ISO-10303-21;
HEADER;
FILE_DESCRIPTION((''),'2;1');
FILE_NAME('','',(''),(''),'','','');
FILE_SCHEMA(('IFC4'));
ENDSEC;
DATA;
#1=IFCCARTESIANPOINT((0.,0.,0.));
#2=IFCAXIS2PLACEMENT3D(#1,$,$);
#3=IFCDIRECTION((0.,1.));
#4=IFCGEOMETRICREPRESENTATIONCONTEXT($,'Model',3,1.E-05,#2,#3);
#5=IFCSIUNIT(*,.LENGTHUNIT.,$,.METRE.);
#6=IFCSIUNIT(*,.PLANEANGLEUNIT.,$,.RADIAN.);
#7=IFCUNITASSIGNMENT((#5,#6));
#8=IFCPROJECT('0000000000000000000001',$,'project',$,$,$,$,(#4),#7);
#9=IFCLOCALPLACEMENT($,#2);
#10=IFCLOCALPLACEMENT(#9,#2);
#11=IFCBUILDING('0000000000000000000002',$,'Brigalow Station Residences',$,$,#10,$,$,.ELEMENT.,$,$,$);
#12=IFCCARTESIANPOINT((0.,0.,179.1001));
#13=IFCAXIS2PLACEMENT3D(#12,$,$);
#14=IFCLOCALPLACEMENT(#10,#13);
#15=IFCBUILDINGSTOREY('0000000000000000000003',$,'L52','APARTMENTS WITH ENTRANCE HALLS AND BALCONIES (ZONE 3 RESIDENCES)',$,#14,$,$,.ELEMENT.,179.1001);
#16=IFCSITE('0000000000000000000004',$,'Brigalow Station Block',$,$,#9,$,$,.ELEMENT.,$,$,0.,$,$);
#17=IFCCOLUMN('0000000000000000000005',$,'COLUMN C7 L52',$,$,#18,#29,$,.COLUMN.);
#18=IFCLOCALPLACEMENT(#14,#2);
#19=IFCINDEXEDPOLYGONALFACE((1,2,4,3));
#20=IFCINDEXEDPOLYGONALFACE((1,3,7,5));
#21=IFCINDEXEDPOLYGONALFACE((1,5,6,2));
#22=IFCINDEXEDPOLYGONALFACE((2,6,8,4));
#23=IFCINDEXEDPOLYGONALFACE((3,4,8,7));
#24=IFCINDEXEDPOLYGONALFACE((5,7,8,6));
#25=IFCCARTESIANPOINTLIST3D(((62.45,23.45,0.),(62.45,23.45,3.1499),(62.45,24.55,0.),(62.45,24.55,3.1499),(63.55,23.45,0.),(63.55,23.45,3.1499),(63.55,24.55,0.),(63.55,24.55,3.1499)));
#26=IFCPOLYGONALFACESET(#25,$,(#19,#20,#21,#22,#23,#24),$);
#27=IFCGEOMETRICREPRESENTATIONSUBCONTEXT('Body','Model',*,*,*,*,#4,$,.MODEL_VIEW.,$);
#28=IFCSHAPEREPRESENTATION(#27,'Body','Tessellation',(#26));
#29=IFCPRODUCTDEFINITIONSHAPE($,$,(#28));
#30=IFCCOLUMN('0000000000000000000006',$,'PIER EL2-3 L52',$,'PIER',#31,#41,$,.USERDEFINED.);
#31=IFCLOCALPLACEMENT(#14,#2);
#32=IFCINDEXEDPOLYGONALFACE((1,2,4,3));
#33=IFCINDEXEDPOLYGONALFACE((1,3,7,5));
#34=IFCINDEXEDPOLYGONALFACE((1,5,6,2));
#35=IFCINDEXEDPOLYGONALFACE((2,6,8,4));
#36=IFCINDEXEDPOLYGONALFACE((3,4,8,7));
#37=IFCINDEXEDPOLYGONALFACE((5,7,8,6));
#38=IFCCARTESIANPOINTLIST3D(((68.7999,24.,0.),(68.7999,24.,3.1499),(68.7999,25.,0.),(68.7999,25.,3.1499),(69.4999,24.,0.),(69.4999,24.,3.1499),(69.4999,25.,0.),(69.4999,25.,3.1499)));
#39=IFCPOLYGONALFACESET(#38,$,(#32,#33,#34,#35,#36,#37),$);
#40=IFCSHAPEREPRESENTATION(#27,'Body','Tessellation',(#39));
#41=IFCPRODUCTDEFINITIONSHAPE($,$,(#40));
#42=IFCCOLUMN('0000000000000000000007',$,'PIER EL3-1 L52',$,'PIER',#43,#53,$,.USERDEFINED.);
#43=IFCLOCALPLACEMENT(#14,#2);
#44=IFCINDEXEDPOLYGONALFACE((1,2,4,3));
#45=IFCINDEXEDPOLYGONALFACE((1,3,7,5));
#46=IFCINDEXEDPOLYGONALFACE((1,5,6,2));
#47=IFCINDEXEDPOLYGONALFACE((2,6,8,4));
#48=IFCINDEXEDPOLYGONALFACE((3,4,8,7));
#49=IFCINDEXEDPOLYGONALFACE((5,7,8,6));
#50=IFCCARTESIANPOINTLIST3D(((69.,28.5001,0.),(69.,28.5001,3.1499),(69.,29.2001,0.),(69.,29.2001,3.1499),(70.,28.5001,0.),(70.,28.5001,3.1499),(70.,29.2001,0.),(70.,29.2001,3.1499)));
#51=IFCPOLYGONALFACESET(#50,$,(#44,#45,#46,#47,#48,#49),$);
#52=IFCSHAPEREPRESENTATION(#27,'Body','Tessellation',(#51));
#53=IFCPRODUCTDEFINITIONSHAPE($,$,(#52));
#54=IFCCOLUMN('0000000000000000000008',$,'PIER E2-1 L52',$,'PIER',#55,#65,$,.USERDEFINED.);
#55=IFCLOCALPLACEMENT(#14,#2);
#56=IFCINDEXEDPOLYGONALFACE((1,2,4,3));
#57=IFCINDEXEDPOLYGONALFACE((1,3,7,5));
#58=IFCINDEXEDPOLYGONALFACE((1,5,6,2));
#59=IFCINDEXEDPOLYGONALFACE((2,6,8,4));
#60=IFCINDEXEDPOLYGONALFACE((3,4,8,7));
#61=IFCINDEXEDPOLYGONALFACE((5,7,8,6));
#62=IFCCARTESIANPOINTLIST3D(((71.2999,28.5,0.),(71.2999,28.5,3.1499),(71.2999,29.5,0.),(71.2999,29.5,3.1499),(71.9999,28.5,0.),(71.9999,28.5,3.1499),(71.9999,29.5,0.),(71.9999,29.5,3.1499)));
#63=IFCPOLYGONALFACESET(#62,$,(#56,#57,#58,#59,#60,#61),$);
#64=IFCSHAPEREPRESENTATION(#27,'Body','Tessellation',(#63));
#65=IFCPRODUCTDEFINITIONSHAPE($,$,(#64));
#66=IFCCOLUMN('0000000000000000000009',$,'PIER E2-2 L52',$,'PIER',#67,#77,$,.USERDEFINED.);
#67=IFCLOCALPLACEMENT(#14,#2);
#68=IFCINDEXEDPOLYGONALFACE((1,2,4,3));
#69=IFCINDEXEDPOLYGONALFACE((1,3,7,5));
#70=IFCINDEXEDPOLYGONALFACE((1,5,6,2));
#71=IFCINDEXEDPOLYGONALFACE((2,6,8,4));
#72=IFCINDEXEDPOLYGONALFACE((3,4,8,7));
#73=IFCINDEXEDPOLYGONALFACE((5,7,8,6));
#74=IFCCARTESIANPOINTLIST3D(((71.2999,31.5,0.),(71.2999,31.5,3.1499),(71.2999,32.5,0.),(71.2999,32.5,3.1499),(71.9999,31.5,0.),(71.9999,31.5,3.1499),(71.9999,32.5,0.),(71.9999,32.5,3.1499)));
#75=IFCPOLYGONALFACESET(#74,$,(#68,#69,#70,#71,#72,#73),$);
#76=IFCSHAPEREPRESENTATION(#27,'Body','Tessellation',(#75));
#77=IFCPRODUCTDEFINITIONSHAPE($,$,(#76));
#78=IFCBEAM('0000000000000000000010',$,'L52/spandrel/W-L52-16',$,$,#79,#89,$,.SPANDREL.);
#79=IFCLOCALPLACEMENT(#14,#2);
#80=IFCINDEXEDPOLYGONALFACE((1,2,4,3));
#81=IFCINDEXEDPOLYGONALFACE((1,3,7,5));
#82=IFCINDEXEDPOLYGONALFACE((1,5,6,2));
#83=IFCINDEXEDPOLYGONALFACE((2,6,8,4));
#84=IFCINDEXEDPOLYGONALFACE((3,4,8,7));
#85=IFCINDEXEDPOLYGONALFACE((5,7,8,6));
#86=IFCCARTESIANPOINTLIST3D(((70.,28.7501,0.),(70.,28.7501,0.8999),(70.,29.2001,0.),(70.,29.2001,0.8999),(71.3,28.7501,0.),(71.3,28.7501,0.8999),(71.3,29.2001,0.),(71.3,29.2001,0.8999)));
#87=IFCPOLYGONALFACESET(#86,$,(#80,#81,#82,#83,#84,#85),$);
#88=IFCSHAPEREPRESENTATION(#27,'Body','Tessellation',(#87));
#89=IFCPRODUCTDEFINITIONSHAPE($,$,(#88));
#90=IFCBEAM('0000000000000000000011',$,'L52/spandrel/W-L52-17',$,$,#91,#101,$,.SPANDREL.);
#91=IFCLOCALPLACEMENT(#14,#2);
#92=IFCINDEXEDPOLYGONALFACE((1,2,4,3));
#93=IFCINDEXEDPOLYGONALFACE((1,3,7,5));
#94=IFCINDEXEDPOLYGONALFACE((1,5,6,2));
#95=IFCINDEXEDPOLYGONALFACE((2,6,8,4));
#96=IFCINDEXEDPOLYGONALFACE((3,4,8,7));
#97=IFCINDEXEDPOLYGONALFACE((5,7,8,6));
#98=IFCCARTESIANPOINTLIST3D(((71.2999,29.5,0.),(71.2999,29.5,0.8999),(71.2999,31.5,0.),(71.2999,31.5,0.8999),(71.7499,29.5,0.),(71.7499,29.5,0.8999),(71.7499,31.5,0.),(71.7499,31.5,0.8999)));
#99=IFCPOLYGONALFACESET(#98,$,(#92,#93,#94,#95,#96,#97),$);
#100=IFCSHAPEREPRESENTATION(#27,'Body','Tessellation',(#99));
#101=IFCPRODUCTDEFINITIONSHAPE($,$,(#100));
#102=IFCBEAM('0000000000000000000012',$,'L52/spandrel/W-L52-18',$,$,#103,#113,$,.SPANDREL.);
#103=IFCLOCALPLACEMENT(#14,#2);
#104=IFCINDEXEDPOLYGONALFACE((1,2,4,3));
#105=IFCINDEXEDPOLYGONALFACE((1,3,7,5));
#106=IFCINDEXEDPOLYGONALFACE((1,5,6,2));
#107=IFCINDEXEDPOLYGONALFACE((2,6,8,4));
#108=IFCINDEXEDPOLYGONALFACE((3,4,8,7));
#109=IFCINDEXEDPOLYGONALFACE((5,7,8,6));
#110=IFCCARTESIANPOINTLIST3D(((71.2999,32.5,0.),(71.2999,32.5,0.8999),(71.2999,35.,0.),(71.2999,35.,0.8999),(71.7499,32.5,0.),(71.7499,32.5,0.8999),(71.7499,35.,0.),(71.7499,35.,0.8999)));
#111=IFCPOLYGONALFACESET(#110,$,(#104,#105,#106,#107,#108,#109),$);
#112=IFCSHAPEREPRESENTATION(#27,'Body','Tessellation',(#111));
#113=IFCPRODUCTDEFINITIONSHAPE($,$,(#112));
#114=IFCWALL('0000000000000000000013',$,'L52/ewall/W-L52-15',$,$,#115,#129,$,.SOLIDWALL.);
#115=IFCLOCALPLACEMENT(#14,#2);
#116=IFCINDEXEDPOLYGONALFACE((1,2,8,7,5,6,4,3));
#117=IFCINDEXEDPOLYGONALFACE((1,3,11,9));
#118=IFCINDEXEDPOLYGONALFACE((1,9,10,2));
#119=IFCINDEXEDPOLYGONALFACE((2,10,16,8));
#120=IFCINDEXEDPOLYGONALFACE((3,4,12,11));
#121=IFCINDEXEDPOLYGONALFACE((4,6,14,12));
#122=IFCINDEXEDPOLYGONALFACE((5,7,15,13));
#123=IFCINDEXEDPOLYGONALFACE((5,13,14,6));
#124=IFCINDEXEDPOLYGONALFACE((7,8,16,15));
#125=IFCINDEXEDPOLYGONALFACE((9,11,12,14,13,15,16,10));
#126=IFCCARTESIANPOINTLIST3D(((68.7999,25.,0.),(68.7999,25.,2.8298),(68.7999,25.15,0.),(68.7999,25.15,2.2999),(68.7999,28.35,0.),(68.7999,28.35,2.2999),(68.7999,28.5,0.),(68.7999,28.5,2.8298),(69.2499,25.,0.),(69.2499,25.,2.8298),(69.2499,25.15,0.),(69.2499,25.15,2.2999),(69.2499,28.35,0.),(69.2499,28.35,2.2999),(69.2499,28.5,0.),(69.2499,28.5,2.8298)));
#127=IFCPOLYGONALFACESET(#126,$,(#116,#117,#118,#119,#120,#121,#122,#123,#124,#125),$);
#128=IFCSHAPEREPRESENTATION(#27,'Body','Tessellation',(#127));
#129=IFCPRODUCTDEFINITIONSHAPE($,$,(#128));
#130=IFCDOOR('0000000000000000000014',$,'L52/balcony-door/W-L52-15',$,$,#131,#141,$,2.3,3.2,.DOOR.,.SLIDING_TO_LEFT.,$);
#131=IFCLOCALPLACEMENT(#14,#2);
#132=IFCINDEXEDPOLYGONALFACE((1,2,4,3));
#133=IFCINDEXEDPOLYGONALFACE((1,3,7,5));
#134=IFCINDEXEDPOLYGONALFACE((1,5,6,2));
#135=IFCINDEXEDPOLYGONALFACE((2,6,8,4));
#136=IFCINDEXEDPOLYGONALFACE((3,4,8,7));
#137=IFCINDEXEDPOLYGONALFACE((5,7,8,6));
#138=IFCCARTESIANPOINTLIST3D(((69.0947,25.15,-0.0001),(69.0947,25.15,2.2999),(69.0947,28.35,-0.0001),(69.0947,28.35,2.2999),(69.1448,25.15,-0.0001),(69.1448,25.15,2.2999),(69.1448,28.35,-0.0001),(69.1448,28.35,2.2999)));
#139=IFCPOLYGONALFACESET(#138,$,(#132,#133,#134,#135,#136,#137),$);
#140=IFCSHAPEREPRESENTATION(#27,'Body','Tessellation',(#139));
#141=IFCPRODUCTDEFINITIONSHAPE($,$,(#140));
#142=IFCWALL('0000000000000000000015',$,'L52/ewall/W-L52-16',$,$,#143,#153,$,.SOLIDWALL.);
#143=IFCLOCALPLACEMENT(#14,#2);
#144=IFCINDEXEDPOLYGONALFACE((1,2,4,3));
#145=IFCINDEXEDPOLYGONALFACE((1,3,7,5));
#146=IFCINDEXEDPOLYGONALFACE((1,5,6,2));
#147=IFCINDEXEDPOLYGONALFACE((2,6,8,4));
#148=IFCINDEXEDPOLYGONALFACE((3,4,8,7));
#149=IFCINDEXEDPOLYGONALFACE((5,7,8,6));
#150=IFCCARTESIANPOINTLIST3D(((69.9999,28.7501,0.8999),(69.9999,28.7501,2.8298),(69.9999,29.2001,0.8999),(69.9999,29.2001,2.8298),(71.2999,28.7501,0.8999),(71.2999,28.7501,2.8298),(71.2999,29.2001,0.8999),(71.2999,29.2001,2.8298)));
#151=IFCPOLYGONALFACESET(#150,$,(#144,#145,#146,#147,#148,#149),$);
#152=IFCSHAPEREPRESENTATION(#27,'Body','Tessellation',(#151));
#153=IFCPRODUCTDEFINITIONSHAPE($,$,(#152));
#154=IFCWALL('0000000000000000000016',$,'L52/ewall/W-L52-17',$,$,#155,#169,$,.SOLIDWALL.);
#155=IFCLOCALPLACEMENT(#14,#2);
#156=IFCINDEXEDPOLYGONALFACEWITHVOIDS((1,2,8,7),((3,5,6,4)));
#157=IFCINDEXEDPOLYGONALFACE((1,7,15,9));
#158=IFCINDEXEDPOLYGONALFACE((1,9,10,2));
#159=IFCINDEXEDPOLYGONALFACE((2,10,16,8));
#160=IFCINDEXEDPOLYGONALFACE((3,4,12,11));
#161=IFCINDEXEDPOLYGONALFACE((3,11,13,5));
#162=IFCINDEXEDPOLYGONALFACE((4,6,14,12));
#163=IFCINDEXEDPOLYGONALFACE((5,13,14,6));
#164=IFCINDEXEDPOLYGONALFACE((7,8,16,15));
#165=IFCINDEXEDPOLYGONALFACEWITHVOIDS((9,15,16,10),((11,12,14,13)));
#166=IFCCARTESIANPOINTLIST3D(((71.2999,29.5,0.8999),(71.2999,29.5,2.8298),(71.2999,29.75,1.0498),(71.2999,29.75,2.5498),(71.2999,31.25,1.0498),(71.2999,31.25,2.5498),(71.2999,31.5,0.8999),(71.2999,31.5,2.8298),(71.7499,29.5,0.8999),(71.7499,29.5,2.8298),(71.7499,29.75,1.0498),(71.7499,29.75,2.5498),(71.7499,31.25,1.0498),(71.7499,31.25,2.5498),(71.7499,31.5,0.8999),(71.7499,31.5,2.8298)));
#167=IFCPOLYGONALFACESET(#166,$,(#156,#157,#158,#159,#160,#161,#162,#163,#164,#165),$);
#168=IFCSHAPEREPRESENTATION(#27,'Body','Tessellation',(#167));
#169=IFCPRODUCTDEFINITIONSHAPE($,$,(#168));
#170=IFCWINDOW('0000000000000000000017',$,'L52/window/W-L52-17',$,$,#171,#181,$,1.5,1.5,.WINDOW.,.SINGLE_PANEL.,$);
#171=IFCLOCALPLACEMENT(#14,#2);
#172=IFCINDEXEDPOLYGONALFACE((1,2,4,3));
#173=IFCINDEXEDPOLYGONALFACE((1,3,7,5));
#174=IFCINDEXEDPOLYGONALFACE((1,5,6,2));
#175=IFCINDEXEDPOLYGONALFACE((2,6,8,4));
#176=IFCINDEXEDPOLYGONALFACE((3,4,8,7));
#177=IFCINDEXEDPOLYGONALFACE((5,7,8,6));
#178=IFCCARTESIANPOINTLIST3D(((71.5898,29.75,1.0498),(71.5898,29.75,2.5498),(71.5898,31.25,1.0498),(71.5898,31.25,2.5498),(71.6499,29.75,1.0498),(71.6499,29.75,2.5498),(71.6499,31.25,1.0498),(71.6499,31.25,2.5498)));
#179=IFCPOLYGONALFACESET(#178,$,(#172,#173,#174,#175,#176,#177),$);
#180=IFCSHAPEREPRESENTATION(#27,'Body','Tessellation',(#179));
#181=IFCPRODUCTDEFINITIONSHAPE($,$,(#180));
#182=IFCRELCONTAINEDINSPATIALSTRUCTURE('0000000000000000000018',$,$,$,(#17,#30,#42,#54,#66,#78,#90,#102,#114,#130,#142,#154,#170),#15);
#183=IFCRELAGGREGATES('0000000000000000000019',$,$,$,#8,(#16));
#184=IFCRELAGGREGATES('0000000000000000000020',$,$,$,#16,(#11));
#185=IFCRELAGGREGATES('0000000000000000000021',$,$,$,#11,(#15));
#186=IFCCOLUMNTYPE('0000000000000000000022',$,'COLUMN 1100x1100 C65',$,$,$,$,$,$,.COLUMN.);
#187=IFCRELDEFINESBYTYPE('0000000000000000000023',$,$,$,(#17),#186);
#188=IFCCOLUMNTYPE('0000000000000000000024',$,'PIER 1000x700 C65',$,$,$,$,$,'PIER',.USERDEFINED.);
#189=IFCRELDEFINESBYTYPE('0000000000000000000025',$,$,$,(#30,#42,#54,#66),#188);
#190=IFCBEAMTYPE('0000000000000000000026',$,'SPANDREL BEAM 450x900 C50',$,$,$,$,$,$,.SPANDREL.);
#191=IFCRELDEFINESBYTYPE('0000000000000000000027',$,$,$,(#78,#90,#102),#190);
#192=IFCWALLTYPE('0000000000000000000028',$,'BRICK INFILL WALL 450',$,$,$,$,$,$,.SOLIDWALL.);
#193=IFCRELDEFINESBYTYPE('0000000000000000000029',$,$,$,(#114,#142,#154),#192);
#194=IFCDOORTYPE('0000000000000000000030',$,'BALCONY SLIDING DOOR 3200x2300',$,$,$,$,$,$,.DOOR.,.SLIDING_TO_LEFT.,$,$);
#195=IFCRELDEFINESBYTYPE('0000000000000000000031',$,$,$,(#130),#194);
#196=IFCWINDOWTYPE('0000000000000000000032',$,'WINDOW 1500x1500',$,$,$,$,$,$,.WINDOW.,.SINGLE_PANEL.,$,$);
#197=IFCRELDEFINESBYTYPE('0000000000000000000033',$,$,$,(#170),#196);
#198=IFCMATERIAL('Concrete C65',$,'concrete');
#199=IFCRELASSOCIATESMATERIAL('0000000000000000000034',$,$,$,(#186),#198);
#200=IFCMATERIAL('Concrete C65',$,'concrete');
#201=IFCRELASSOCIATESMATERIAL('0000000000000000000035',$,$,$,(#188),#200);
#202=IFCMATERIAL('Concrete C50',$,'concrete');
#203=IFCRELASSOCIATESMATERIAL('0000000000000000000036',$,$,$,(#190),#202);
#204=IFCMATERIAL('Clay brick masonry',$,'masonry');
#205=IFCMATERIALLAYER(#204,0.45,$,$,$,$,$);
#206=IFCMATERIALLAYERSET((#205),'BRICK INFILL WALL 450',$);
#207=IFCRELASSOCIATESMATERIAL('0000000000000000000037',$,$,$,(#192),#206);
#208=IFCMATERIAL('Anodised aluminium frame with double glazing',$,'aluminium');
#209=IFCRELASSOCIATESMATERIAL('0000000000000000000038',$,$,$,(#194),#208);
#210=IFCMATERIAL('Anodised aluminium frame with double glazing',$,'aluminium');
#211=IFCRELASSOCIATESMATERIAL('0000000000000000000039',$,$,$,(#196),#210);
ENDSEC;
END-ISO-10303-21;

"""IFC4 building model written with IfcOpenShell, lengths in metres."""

from ifc_helpers import new_model, si_unit, direction, frame, frame_2d, origin, origin_2d, place, context, subcontext, project, spatial, rectangle, extrude, material, layer, layer_set, material_profile, profile_set, type_object, element, fill, save


model = new_model("IFC4")

# Units and contexts
model_context = context("Model", 3, precision=1e-05, world=origin(), true_north=direction((0.0, 1.0)))
body_context = subcontext(model_context, "Body", "Model", "MODEL_VIEW")
ifc_project = project(units=[si_unit("LENGTHUNIT", "METRE"), si_unit("PLANEANGLEUNIT", "RADIAN")], contexts=[model_context])

# Site, building, storey
site_placement = place(None, origin())
site = spatial("IfcSite", under=ifc_project, at=site_placement, Name="Brigalow Station Block", CompositionType="ELEMENT", RefElevation=0.0)
building_placement = place(site_placement, origin())
building = spatial("IfcBuilding", under=site, at=building_placement, Name="Brigalow Station Residences", CompositionType="ELEMENT")
storey_placement = place(building_placement, frame((0.0, 0.0, 179.1001)))
storey = spatial("IfcBuildingStorey", under=building, at=storey_placement, Name="L52", Description="APARTMENTS WITH ENTRANCE HALLS AND BALCONIES (ZONE 3 RESIDENCES)", CompositionType="ELEMENT", Elevation=179.1001)

# Columns
ifc_material_1 = material(Name="Concrete C65", Category="concrete")
ifc_material_profile_1 = material_profile(ifc_material_1, rectangle(XDim=1.1001, YDim=1.1001, at=origin_2d()), Name="RC1100x1100")
ifc_profile_set_1 = profile_set([ifc_material_profile_1], Name="Concrete C65")
column_type_1 = type_object("IfcColumnType", Name="COLUMN 1100x1100 C65", PredefinedType="COLUMN", material=ifc_profile_set_1)
column_placement = place(storey_placement, frame((63.0, 24.0, 0.0), z_axis=(0.0, 0.0, 1.0), x_axis=(1.0, 0.0, 0.0)))
element("IfcColumn", 1, at=column_placement, inside=storey, type_object=column_type_1, Name="COLUMN C7 L52", PredefinedType="COLUMN", context=body_context, shape_type="SweptSolid", body=[
    extrude(rectangle(XDim=1.1001, YDim=1.1001, at=origin_2d()), origin(), (0.0, 0.0, 1.0), 3.1499),
])
ifc_material_2 = material(Name="Concrete C65", Category="concrete")
ifc_material_profile_2 = material_profile(ifc_material_2, rectangle(XDim=1.0, YDim=0.7, at=origin_2d()), Name="RC1000x700")
ifc_profile_set_2 = profile_set([ifc_material_profile_2], Name="Concrete C65")
column_type_2 = type_object("IfcColumnType", Name="PIER 1000x700 C65", ElementType="PIER", PredefinedType="USERDEFINED", material=ifc_profile_set_2)
for number, where, z_axis, x_axis, name in (
    (2, (69.1499, 24.5, 0.0), (0.0, 0.0, 1.0), (0.0, 1.0, 0.0), "PIER EL2-3 L52"),
    (3, (69.5, 28.8501, 0.0), (0.0, 0.0, 1.0), (1.0, 0.0, 0.0), "PIER EL3-1 L52"),
    (4, (71.6499, 29.0, 0.0), (0.0, 0.0, 1.0), (0.0, 1.0, 0.0), "PIER E2-1 L52"),
    (5, (71.6499, 32.0, 0.0), (0.0, 0.0, 1.0), (0.0, 1.0, 0.0), "PIER E2-2 L52"),
):
    element("IfcColumn", number, at=place(storey_placement, frame(where, z_axis=z_axis, x_axis=x_axis)), inside=storey, type_object=column_type_2, Name=name, ObjectType="PIER", PredefinedType="USERDEFINED", context=body_context, shape_type="SweptSolid", body=[
        extrude(rectangle(XDim=1.0, YDim=0.7, at=origin_2d()), origin(), (0.0, 0.0, 1.0), 3.1499),
    ])

# Beams
ifc_material_3 = material(Name="Concrete C50", Category="concrete")
ifc_material_profile_3 = material_profile(ifc_material_3, rectangle(XDim=0.45, YDim=0.8999, at=origin_2d()), Name="RC450x900")
ifc_profile_set_3 = profile_set([ifc_material_profile_3], Name="Concrete C50")
beam_type = type_object("IfcBeamType", Name="SPANDREL BEAM 450x900 C50", PredefinedType="SPANDREL", material=ifc_profile_set_3)
beam_1_placement = place(storey_placement, frame((70.0, 28.9751, 0.45), z_axis=(1.0, 0.0, 0.0), x_axis=(0.0, 1.0, 0.0)))
element("IfcBeam", 6, at=beam_1_placement, inside=storey, type_object=beam_type, Name="L52/spandrel/W-L52-16", PredefinedType="SPANDREL", context=body_context, shape_type="SweptSolid", body=[
    extrude(rectangle(XDim=0.45, YDim=0.8999, at=origin_2d()), origin(), (0.0, 0.0, 1.0), 1.3),
])
beam_2_placement = place(storey_placement, frame((71.5249, 29.5, 0.45), z_axis=(0.0, 1.0, 0.0), x_axis=(-1.0, 0.0, 0.0)))
element("IfcBeam", 7, at=beam_2_placement, inside=storey, type_object=beam_type, Name="L52/spandrel/W-L52-17", PredefinedType="SPANDREL", context=body_context, shape_type="SweptSolid", body=[
    extrude(rectangle(XDim=0.45, YDim=0.8999, at=origin_2d()), origin(), (0.0, 0.0, 1.0), 2.0),
])
beam_3_placement = place(storey_placement, frame((71.5249, 32.5, 0.45), z_axis=(0.0, 1.0, 0.0), x_axis=(-1.0, 0.0, 0.0)))
element("IfcBeam", 8, at=beam_3_placement, inside=storey, type_object=beam_type, Name="L52/spandrel/W-L52-18", PredefinedType="SPANDREL", context=body_context, shape_type="SweptSolid", body=[
    extrude(rectangle(XDim=0.45, YDim=0.8999, at=origin_2d()), origin(), (0.0, 0.0, 1.0), 2.5),
])

# Wall, opening, door
ifc_material_4 = material(Name="Clay brick masonry", Category="masonry")
ifc_layer_1 = layer(ifc_material_4, 0.45)
ifc_layer_set_1 = layer_set([ifc_layer_1], Name="BRICK INFILL WALL 450")
wall_type_1 = type_object("IfcWallType", Name="BRICK INFILL WALL 450", PredefinedType="SOLIDWALL", material=ifc_layer_set_1)
wall_1_placement = place(storey_placement, frame((69.0249, 25.0, 0.0), z_axis=(0.0, 0.0, 1.0), x_axis=(0.0, 1.0, 0.0)))
wall_1 = element("IfcWall", 9, at=wall_1_placement, inside=storey, type_object=wall_type_1, Name="L52/ewall/W-L52-15", PredefinedType="SOLIDWALL", context=body_context, shape_type="SweptSolid", body=[
    extrude(rectangle(XDim=3.5, YDim=0.45, at=frame_2d((1.75, 0.0))), origin(), (0.0, 0.0, 1.0), 2.8298),
])
opening_1_placement = place(wall_1_placement, frame((0.1499, 0.0, 0.0)))
opening_1 = element("IfcOpeningElement", 10, at=opening_1_placement, cuts=wall_1, PredefinedType="OPENING", context=body_context, shape_type="SweptSolid", body=[
    extrude(rectangle(XDim=3.2, YDim=2.3, at=frame_2d((1.6001, 1.1499))), frame((0.0, 0.2349, 0.0), z_axis=(0.0, -1.0, 0.0), x_axis=(1.0, 0.0, 0.0)), (0.0, 0.0, 1.0), 0.47),
])
ifc_material_5 = material(Name="Anodised aluminium frame with double glazing", Category="aluminium")
door_type_1 = type_object("IfcDoorType", Name="BALCONY SLIDING DOOR 3200x2300", OperationType="SLIDING_TO_LEFT", PredefinedType="DOOR", material=ifc_material_5)
door_1_placement = place(opening_1_placement, origin())
door_1 = element("IfcDoor", 11, at=door_1_placement, inside=storey, type_object=door_type_1, Name="L52/balcony-door/W-L52-15", OperationType="SLIDING_TO_LEFT", OverallHeight=2.3, OverallWidth=3.2, PredefinedType="DOOR", context=body_context, shape_type="SweptSolid", body=[
    extrude(rectangle(XDim=3.2, YDim=2.3, at=frame_2d((1.6001, 1.1499))), frame((0.0, -0.0698, 0.0), z_axis=(0.0, -1.0, 0.0), x_axis=(1.0, 0.0, 0.0)), (0.0, 0.0, 1.0), 0.05),
])
fill(opening_1, door_1)

# Wall
wall_2_placement = place(storey_placement, frame((70.0, 28.9751, 0.8999), z_axis=(0.0, 0.0, 1.0), x_axis=(1.0, 0.0, 0.0)))
element("IfcWall", 12, at=wall_2_placement, inside=storey, type_object=wall_type_1, Name="L52/ewall/W-L52-16", PredefinedType="SOLIDWALL", context=body_context, shape_type="SweptSolid", body=[
    extrude(rectangle(XDim=1.3, YDim=0.45, at=frame_2d((0.6499, 0.0))), origin(), (0.0, 0.0, 1.0), 1.9299),
])

# Wall, opening, window
wall_3_placement = place(storey_placement, frame((71.5249, 29.5, 0.8999), z_axis=(0.0, 0.0, 1.0), x_axis=(0.0, 1.0, 0.0)))
wall_3 = element("IfcWall", 13, at=wall_3_placement, inside=storey, type_object=wall_type_1, Name="L52/ewall/W-L52-17", PredefinedType="SOLIDWALL", context=body_context, shape_type="SweptSolid", body=[
    extrude(rectangle(XDim=2.0, YDim=0.45, at=frame_2d((1.0, 0.0))), origin(), (0.0, 0.0, 1.0), 1.9299),
])
opening_2_placement = place(wall_3_placement, frame((0.25, 0.0, 0.1499)))
opening_2 = element("IfcOpeningElement", 14, at=opening_2_placement, cuts=wall_3, PredefinedType="OPENING", context=body_context, shape_type="SweptSolid", body=[
    extrude(rectangle(XDim=1.5, YDim=1.5, at=frame_2d((0.75, 0.75))), frame((0.0, 0.2349, 0.0), z_axis=(0.0, -1.0, 0.0), x_axis=(1.0, 0.0, 0.0)), (0.0, 0.0, 1.0), 0.47),
])
ifc_material_6 = material(Name="Anodised aluminium frame with double glazing", Category="aluminium")
window_type_1 = type_object("IfcWindowType", Name="WINDOW 1500x1500", PartitioningType="SINGLE_PANEL", PredefinedType="WINDOW", material=ifc_material_6)
window_1_placement = place(opening_2_placement, origin())
window_1 = element("IfcWindow", 15, at=window_1_placement, inside=storey, type_object=window_type_1, Name="L52/window/W-L52-17", OverallHeight=1.5, OverallWidth=1.5, PartitioningType="SINGLE_PANEL", PredefinedType="WINDOW", context=body_context, shape_type="SweptSolid", body=[
    extrude(rectangle(XDim=1.5, YDim=1.5, at=frame_2d((0.75, 0.75))), frame((0.0, -0.0649, 0.0), z_axis=(0.0, -1.0, 0.0), x_axis=(1.0, 0.0, 0.0)), (0.0, 0.0, 1.0), 0.0601),
])
fill(opening_2, window_1)

save(model, "model.ifc")
